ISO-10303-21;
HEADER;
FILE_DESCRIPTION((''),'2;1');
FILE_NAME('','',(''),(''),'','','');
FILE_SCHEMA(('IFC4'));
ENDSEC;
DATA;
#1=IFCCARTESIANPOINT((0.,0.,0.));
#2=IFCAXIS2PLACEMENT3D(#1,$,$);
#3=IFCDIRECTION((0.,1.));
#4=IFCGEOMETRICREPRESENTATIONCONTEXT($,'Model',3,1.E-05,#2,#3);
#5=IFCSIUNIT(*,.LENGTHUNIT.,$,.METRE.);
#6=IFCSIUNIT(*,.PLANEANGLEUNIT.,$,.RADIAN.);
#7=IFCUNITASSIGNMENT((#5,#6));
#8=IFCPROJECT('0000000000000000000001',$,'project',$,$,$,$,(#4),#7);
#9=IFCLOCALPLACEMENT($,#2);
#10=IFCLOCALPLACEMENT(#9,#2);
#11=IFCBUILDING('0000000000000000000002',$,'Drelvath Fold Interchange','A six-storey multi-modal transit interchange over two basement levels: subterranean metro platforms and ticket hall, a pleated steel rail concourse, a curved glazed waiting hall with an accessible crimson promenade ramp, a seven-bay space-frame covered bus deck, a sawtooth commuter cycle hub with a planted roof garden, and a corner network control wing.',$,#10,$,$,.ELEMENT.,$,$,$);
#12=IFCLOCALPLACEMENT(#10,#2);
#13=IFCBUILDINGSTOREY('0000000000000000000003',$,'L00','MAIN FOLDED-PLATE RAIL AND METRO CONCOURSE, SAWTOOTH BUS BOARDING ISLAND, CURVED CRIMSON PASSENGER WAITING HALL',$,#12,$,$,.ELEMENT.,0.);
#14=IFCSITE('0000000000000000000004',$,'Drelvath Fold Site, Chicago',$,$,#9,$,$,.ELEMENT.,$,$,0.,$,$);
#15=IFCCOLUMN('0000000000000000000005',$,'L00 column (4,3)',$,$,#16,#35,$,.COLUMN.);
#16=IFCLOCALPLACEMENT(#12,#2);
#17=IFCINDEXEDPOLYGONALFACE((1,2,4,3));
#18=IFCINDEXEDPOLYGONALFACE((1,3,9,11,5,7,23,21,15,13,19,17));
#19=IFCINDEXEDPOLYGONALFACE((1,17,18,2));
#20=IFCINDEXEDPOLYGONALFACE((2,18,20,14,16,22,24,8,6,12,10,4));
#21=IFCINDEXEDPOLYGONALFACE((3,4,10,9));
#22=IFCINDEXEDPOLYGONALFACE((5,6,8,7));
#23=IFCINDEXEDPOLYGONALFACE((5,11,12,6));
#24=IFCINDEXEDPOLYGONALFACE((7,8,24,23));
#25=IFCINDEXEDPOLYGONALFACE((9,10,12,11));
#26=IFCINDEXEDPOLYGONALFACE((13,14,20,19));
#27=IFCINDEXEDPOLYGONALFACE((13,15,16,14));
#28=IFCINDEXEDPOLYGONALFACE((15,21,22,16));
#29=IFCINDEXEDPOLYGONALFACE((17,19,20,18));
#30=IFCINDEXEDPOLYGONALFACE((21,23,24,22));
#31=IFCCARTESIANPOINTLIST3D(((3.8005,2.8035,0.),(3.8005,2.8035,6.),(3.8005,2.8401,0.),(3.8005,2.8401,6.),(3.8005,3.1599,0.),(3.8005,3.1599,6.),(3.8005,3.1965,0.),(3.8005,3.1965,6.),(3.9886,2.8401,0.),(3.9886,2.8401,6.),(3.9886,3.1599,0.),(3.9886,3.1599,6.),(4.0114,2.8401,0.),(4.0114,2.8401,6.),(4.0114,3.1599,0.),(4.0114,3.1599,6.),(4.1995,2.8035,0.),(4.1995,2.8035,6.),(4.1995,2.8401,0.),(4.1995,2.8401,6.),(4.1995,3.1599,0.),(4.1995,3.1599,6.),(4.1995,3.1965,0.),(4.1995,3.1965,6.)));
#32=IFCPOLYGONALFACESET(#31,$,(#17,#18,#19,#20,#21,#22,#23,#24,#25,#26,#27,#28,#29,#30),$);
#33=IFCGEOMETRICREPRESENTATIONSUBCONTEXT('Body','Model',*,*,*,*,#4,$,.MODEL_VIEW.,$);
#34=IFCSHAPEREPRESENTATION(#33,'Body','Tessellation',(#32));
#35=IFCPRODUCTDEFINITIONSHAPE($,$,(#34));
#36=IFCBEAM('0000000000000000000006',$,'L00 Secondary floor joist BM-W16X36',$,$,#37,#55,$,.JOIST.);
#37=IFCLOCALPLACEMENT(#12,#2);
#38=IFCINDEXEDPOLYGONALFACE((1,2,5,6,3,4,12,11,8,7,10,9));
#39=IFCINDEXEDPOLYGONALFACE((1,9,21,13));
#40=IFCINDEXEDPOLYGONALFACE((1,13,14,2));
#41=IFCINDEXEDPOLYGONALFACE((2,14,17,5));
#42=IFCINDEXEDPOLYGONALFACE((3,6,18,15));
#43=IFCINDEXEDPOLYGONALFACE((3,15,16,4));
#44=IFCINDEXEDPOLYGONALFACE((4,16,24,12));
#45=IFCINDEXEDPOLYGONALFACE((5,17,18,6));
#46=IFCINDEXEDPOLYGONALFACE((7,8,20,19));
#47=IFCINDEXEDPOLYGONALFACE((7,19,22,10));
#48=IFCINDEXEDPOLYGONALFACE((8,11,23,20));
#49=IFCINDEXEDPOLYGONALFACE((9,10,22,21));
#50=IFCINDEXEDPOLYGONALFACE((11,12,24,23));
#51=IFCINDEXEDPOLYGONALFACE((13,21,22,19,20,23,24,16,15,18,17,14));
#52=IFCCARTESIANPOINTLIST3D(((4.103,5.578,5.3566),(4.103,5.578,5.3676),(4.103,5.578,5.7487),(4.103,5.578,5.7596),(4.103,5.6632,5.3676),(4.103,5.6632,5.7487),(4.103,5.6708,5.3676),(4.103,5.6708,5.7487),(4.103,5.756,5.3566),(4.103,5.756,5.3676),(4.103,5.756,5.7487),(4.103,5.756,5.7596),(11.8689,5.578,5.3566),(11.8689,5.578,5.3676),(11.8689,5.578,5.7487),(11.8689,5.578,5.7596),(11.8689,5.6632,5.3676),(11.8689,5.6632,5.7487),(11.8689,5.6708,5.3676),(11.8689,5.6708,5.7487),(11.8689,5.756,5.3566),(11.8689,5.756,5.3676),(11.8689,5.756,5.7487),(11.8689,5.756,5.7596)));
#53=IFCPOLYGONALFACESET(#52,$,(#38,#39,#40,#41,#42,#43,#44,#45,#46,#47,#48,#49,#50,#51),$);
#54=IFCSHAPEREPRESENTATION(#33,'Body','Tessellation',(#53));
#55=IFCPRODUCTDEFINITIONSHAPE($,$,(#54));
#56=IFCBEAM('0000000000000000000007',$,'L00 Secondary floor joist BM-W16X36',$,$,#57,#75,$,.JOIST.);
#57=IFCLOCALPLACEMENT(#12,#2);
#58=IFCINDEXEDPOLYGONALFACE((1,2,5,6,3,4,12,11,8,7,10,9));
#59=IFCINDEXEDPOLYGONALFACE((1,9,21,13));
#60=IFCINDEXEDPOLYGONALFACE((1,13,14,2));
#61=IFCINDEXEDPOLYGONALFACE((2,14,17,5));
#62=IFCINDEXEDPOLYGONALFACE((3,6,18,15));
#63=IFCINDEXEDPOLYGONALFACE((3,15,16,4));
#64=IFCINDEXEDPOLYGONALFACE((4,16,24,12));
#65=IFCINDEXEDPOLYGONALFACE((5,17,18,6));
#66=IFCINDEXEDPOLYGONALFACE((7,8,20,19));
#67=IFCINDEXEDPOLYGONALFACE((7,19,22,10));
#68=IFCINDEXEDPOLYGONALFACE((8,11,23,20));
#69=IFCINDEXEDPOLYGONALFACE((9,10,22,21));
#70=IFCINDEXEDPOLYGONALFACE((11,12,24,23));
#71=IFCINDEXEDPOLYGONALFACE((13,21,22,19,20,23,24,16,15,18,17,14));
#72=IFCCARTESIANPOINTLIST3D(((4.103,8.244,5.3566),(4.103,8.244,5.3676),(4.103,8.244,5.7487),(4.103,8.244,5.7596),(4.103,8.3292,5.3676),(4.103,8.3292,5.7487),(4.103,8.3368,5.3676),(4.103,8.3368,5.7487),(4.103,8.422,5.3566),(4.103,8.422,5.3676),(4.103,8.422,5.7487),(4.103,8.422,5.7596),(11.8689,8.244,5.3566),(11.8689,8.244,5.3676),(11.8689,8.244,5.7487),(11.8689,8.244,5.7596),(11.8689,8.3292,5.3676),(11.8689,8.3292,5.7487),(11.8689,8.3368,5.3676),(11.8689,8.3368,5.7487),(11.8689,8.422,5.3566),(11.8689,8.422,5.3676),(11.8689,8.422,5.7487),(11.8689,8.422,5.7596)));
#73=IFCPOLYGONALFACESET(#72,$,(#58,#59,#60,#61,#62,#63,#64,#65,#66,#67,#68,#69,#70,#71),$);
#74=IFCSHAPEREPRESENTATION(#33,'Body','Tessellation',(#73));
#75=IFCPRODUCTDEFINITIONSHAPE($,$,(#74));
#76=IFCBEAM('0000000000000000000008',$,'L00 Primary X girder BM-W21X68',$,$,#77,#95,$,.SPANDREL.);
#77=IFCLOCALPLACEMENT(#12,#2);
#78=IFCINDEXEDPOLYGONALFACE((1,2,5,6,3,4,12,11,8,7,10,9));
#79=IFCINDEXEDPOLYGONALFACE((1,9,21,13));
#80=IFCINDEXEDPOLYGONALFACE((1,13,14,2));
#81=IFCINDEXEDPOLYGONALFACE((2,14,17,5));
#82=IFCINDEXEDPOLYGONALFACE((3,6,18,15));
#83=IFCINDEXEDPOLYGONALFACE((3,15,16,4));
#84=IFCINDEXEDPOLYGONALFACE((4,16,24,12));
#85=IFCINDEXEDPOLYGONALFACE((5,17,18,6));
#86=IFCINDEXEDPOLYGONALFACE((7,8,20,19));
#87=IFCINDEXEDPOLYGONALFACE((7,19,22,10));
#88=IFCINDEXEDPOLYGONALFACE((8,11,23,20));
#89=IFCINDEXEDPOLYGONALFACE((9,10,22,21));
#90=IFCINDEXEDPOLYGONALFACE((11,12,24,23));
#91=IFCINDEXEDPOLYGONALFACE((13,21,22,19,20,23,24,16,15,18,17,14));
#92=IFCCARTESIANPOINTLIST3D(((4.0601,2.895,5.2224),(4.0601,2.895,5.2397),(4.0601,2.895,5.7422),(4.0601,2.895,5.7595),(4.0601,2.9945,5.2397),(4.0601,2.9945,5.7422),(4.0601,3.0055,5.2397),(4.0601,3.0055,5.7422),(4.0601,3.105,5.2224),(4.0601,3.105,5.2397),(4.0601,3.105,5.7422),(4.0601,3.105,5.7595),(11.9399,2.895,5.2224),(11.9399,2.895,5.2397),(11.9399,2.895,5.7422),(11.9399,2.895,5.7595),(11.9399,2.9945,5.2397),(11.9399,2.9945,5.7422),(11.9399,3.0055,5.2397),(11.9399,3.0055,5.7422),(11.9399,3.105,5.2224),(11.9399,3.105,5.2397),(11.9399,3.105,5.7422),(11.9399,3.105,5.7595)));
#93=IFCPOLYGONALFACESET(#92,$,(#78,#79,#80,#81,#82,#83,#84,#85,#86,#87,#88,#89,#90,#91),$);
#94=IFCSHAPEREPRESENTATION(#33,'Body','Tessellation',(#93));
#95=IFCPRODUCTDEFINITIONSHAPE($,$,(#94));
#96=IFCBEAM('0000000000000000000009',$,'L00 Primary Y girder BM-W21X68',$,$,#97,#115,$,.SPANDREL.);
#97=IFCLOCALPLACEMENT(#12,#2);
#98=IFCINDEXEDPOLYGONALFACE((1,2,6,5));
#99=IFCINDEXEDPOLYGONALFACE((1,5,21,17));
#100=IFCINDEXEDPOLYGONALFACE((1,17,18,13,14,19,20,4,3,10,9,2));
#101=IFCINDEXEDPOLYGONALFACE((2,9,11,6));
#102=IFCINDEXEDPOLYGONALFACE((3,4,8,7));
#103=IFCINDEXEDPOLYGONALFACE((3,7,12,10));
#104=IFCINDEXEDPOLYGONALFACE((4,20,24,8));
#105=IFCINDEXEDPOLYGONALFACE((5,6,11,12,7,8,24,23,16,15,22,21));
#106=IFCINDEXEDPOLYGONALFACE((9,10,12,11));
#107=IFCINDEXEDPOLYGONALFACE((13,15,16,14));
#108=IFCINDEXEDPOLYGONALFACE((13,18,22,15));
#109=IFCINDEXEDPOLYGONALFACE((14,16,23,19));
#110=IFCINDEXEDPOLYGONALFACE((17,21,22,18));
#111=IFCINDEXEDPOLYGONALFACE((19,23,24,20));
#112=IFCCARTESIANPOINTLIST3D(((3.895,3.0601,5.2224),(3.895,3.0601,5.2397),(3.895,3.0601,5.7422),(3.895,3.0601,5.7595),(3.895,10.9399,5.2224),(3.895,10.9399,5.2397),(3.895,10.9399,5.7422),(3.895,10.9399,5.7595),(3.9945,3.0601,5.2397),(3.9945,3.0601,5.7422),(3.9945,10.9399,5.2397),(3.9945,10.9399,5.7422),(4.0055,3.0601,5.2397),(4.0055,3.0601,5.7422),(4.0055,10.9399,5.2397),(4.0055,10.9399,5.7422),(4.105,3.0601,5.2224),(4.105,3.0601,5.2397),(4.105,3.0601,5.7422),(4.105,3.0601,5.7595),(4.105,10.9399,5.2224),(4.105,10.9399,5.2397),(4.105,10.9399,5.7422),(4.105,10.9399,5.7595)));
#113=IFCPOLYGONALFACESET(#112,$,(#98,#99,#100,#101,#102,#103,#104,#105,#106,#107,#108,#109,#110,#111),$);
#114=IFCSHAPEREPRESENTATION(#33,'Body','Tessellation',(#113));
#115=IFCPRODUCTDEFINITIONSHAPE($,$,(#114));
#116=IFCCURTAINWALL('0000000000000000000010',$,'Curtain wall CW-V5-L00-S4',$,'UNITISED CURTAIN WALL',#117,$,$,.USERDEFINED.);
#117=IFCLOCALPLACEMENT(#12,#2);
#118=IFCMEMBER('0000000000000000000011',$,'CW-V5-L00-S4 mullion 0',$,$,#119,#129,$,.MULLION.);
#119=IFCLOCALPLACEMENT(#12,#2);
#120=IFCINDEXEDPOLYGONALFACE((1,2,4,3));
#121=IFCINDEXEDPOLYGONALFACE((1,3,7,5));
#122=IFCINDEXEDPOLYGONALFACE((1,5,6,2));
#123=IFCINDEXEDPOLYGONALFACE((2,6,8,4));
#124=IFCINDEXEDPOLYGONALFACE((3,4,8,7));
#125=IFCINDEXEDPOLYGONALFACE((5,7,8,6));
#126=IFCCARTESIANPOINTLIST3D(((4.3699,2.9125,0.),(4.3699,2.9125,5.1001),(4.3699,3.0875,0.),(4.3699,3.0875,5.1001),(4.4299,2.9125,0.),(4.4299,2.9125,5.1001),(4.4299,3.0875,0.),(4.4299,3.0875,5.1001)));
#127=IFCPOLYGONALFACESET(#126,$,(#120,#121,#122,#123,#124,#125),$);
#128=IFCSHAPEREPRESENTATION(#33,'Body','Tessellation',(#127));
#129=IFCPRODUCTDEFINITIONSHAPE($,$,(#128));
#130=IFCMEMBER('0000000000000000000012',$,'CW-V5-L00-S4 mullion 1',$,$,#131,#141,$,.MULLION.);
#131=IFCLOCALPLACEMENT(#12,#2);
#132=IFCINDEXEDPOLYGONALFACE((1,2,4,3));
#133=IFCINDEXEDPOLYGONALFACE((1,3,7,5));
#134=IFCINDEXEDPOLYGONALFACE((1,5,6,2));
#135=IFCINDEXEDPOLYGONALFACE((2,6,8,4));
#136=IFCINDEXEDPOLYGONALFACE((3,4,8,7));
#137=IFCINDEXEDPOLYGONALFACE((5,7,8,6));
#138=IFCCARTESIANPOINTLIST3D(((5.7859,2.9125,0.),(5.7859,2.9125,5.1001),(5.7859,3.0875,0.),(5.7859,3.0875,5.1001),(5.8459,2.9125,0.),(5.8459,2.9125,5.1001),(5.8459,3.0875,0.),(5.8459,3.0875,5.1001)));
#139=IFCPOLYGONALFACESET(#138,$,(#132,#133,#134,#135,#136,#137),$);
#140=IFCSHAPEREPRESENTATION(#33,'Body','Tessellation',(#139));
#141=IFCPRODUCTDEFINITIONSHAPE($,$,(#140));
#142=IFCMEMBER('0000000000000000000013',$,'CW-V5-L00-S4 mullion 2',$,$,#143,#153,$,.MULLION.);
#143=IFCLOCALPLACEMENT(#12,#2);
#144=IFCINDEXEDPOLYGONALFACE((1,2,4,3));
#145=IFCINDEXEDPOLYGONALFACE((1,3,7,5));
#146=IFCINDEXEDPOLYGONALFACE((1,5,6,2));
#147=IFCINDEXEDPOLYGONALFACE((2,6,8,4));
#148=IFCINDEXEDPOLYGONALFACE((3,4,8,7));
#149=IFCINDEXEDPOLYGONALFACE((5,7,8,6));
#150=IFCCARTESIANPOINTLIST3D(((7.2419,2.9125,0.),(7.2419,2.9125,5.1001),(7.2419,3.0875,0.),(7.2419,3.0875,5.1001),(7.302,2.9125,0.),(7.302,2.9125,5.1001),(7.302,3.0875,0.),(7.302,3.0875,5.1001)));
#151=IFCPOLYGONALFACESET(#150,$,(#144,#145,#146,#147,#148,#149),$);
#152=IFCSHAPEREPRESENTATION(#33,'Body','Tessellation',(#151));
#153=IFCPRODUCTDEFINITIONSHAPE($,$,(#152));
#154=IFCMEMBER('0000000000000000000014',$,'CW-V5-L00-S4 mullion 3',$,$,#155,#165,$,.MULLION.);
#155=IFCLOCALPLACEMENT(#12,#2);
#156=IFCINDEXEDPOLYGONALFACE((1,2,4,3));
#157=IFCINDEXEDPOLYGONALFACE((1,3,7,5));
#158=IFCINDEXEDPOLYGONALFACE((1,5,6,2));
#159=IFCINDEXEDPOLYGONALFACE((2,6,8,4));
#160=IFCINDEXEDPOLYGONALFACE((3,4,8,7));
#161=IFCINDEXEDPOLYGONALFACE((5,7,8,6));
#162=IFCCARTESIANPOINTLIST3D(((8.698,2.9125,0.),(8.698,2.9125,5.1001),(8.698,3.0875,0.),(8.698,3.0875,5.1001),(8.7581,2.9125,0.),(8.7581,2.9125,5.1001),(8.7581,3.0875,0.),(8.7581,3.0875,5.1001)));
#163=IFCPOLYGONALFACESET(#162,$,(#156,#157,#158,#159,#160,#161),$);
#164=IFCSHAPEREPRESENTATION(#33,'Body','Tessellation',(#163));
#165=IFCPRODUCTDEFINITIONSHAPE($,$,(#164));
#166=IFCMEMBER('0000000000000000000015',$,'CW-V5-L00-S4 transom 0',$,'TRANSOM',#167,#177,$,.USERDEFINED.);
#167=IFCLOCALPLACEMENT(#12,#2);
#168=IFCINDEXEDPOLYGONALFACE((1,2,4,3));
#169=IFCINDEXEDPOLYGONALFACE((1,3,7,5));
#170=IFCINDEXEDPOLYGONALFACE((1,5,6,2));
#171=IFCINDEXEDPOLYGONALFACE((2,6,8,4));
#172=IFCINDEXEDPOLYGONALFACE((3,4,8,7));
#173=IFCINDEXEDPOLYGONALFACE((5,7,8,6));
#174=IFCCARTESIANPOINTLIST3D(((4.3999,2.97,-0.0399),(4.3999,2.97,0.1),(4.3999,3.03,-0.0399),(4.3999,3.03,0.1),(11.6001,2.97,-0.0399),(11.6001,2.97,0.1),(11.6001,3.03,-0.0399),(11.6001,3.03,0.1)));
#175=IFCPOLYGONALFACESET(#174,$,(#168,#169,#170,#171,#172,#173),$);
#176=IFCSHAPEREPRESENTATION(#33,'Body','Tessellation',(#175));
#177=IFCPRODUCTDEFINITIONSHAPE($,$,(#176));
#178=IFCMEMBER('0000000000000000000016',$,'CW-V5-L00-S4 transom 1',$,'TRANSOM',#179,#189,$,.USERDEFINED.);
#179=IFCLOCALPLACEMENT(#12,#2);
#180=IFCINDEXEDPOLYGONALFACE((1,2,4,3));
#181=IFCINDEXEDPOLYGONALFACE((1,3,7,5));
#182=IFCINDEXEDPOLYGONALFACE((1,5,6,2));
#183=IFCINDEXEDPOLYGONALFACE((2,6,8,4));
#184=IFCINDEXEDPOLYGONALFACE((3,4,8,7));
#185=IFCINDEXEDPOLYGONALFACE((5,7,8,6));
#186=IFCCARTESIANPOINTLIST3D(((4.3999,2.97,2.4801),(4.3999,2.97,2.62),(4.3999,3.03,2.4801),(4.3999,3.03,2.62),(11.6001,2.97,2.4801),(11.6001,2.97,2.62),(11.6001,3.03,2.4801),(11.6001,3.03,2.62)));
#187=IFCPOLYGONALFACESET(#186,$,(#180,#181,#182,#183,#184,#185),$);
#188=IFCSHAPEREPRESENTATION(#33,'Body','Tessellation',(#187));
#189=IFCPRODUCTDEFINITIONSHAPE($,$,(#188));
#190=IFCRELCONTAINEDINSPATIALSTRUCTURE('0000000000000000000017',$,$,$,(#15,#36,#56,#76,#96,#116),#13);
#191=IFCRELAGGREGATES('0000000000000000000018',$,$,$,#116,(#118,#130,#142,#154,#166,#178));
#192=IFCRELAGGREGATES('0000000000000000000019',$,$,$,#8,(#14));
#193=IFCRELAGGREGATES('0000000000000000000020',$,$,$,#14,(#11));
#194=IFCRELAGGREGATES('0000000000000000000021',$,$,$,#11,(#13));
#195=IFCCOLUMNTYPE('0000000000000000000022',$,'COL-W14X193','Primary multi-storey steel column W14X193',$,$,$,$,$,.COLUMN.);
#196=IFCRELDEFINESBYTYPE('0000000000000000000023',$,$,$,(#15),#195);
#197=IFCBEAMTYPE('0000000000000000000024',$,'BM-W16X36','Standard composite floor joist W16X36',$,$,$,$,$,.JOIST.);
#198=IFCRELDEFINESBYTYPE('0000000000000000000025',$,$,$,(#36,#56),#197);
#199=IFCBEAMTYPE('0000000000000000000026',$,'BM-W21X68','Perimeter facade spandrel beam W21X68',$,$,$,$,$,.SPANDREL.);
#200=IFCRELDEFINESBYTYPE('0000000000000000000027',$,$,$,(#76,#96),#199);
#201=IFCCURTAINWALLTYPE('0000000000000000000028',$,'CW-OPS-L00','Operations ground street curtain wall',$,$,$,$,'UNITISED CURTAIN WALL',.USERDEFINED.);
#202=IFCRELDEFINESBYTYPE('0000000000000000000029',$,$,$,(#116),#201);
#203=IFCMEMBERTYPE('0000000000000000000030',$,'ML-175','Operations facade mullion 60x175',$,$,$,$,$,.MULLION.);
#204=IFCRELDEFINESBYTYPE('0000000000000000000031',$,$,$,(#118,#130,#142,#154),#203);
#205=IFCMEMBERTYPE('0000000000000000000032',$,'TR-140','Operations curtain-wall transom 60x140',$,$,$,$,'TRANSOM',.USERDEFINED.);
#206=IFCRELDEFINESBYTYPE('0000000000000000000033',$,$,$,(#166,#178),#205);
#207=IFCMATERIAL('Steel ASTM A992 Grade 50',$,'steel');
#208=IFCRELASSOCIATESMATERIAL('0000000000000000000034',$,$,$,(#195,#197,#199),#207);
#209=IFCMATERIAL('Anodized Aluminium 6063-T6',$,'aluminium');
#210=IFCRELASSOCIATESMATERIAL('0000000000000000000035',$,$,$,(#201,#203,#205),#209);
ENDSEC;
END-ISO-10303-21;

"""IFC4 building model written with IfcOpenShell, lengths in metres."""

from ifc_helpers import new_model, si_unit, direction, frame, origin, origin_2d, place, context, subcontext, project, spatial, rectangle, i_section, extrude, material, material_profile, profile_set, type_object, element, aggregate, save


model = new_model("IFC4")

# Units and contexts
model_context = context("Model", 3, precision=1e-05, world=origin(), true_north=direction((0.0, 1.0)))
body_context = subcontext(model_context, "Body", "Model", "MODEL_VIEW")
ifc_project = project(units=[si_unit("LENGTHUNIT", "METRE"), si_unit("PLANEANGLEUNIT", "RADIAN")], contexts=[model_context])

# Site, building, storey
site_placement = place(None, origin())
site = spatial("IfcSite", under=ifc_project, at=site_placement, Name="Drelvath Fold Site, Chicago", CompositionType="ELEMENT", RefElevation=0.0)
building_placement = place(site_placement, origin())
building = spatial("IfcBuilding", under=site, at=building_placement, Name="Drelvath Fold Interchange", Description="A six-storey multi-modal transit interchange over two basement levels: subterranean metro platforms and ticket hall, a pleated steel rail concourse, a curved glazed waiting hall with an accessible crimson promenade ramp, a seven-bay space-frame covered bus deck, a sawtooth commuter cycle hub with a planted roof garden, and a corner network control wing.", CompositionType="ELEMENT")
storey_placement = place(building_placement, origin())
storey = spatial("IfcBuildingStorey", under=building, at=storey_placement, Name="L00", Description="MAIN FOLDED-PLATE RAIL AND METRO CONCOURSE, SAWTOOTH BUS BOARDING ISLAND, CURVED CRIMSON PASSENGER WAITING HALL", CompositionType="ELEMENT", Elevation=0.0)

# Column
ifc_material_1 = material(Name="Steel ASTM A992 Grade 50", Category="steel")
ifc_material_profile_1 = material_profile(ifc_material_1, i_section(OverallWidth=0.3989, OverallDepth=0.3931, WebThickness=0.0227, FlangeThickness=0.0366, at=origin_2d()), Name="W14X193")
ifc_profile_set_1 = profile_set([ifc_material_profile_1], Name="Steel ASTM A992 Grade 50")
column_type = type_object("IfcColumnType", Name="COL-W14X193", Description="Primary multi-storey steel column W14X193", PredefinedType="COLUMN", material=ifc_profile_set_1)
column_placement = place(storey_placement, frame((4.0, 3.0, 0.0), z_axis=(0.0, 0.0, 1.0), x_axis=(1.0, 0.0, 0.0)))
element("IfcColumn", 1, at=column_placement, inside=storey, type_object=column_type, Name="L00 column (4,3)", PredefinedType="COLUMN", context=body_context, shape_type="SweptSolid", body=[
    extrude(i_section(OverallWidth=0.3989, OverallDepth=0.3931, WebThickness=0.0227, FlangeThickness=0.0366, at=origin_2d()), origin(), (0.0, 0.0, 1.0), 6.0),
])

# Beams
ifc_material_profile_2 = material_profile(ifc_material_1, i_section(OverallWidth=0.178, OverallDepth=0.4031, WebThickness=0.0076, FlangeThickness=0.011, at=origin_2d()), Name="W16X36")
ifc_profile_set_2 = profile_set([ifc_material_profile_2], Name="Steel ASTM A992 Grade 50")
beam_type_1 = type_object("IfcBeamType", Name="BM-W16X36", Description="Standard composite floor joist W16X36", PredefinedType="JOIST", material=ifc_profile_set_2)
for number, where, z_axis, x_axis, name in (
    (2, (4.103, 5.667, 5.5581), (1.0, 0.0, 0.0), (0.0, 1.0, 0.0), "L00 Secondary floor joist BM-W16X36"),
    (3, (4.103, 8.333, 5.5581), (1.0, 0.0, 0.0), (0.0, 1.0, 0.0), "L00 Secondary floor joist BM-W16X36"),
):
    element("IfcBeam", number, at=place(storey_placement, frame(where, z_axis=z_axis, x_axis=x_axis)), inside=storey, type_object=beam_type_1, Name=name, PredefinedType="JOIST", context=body_context, shape_type="SweptSolid", body=[
        extrude(i_section(OverallWidth=0.178, OverallDepth=0.4031, WebThickness=0.0076, FlangeThickness=0.011, at=origin_2d()), origin(), (0.0, 0.0, 1.0), 7.7659),
    ])
ifc_material_profile_3 = material_profile(ifc_material_1, i_section(OverallWidth=0.21, OverallDepth=0.5371, WebThickness=0.011, FlangeThickness=0.0173, at=origin_2d()), Name="W21X68")
ifc_profile_set_3 = profile_set([ifc_material_profile_3], Name="Steel ASTM A992 Grade 50")
beam_type_2 = type_object("IfcBeamType", Name="BM-W21X68", Description="Perimeter facade spandrel beam W21X68", PredefinedType="SPANDREL", material=ifc_profile_set_3)
for number, where, z_axis, x_axis, name in (
    (4, (4.0601, 3.0, 5.491), (1.0, 0.0, 0.0), (0.0, 1.0, 0.0), "L00 Primary X girder BM-W21X68"),
    (5, (4.0, 3.0601, 5.491), (0.0, 1.0, 0.0), (-1.0, 0.0, 0.0), "L00 Primary Y girder BM-W21X68"),
):
    element("IfcBeam", number, at=place(storey_placement, frame(where, z_axis=z_axis, x_axis=x_axis)), inside=storey, type_object=beam_type_2, Name=name, PredefinedType="SPANDREL", context=body_context, shape_type="SweptSolid", body=[
        extrude(i_section(OverallWidth=0.21, OverallDepth=0.5371, WebThickness=0.011, FlangeThickness=0.0173, at=origin_2d()), origin(), (0.0, 0.0, 1.0), 7.8799),
    ])

# Curtain wall, members
ifc_material_2 = material(Name="Anodized Aluminium 6063-T6", Category="aluminium")
curtain_wall_type = type_object("IfcCurtainWallType", Name="CW-OPS-L00", Description="Operations ground street curtain wall", ElementType="UNITISED CURTAIN WALL", PredefinedType="USERDEFINED", material=ifc_material_2)
curtain_wall_placement = place(storey_placement, origin())
curtain_wall = element("IfcCurtainWall", 6, at=curtain_wall_placement, inside=storey, type_object=curtain_wall_type, Name="Curtain wall CW-V5-L00-S4", ObjectType="UNITISED CURTAIN WALL", PredefinedType="USERDEFINED")
ifc_material_profile_4 = material_profile(ifc_material_2, rectangle(XDim=0.0601, YDim=0.175, at=origin_2d()), Name="AL-M 60x175")
ifc_profile_set_4 = profile_set([ifc_material_profile_4], Name="Anodized Aluminium 6063-T6")
member_type_1 = type_object("IfcMemberType", Name="ML-175", Description="Operations facade mullion 60x175", PredefinedType="MULLION", material=ifc_profile_set_4)
member_1_placement = place(storey_placement, frame((4.3999, 3.0, 0.0), z_axis=(0.0, 0.0, 1.0), x_axis=(1.0, 0.0, 0.0)))
member_1 = element("IfcMember", 7, at=member_1_placement, type_object=member_type_1, Name="CW-V5-L00-S4 mullion 0", PredefinedType="MULLION", context=body_context, shape_type="SweptSolid", body=[
    extrude(rectangle(XDim=0.0601, YDim=0.175, at=origin_2d()), origin(), (0.0, 0.0, 1.0), 5.1001),
])
member_2_placement = place(storey_placement, frame((5.8159, 3.0, 0.0), z_axis=(0.0, 0.0, 1.0), x_axis=(1.0, 0.0, 0.0)))
member_2 = element("IfcMember", 8, at=member_2_placement, type_object=member_type_1, Name="CW-V5-L00-S4 mullion 1", PredefinedType="MULLION", context=body_context, shape_type="SweptSolid", body=[
    extrude(rectangle(XDim=0.0601, YDim=0.175, at=origin_2d()), origin(), (0.0, 0.0, 1.0), 5.1001),
])
member_3_placement = place(storey_placement, frame((7.272, 3.0, 0.0), z_axis=(0.0, 0.0, 1.0), x_axis=(1.0, 0.0, 0.0)))
member_3 = element("IfcMember", 9, at=member_3_placement, type_object=member_type_1, Name="CW-V5-L00-S4 mullion 2", PredefinedType="MULLION", context=body_context, shape_type="SweptSolid", body=[
    extrude(rectangle(XDim=0.0601, YDim=0.175, at=origin_2d()), origin(), (0.0, 0.0, 1.0), 5.1001),
])
member_4_placement = place(storey_placement, frame((8.728, 3.0, 0.0), z_axis=(0.0, 0.0, 1.0), x_axis=(1.0, 0.0, 0.0)))
member_4 = element("IfcMember", 10, at=member_4_placement, type_object=member_type_1, Name="CW-V5-L00-S4 mullion 3", PredefinedType="MULLION", context=body_context, shape_type="SweptSolid", body=[
    extrude(rectangle(XDim=0.0601, YDim=0.175, at=origin_2d()), origin(), (0.0, 0.0, 1.0), 5.1001),
])
ifc_material_profile_5 = material_profile(ifc_material_2, rectangle(XDim=0.0601, YDim=0.1399, at=origin_2d()), Name="AL-T 60x140")
ifc_profile_set_5 = profile_set([ifc_material_profile_5], Name="Anodized Aluminium 6063-T6")
member_type_2 = type_object("IfcMemberType", Name="TR-140", Description="Operations curtain-wall transom 60x140", ElementType="TRANSOM", PredefinedType="USERDEFINED", material=ifc_profile_set_5)
member_5_placement = place(storey_placement, frame((4.3999, 3.0, 0.03), z_axis=(1.0, 0.0, 0.0), x_axis=(0.0, 1.0, 0.0)))
member_5 = element("IfcMember", 11, at=member_5_placement, type_object=member_type_2, Name="CW-V5-L00-S4 transom 0", ObjectType="TRANSOM", PredefinedType="USERDEFINED", context=body_context, shape_type="SweptSolid", body=[
    extrude(rectangle(XDim=0.0601, YDim=0.1399, at=origin_2d()), origin(), (0.0, 0.0, 1.0), 7.2002),
])
member_6_placement = place(storey_placement, frame((4.3999, 3.0, 2.55), z_axis=(1.0, 0.0, 0.0), x_axis=(0.0, 1.0, 0.0)))
member_6 = element("IfcMember", 12, at=member_6_placement, type_object=member_type_2, Name="CW-V5-L00-S4 transom 1", ObjectType="TRANSOM", PredefinedType="USERDEFINED", context=body_context, shape_type="SweptSolid", body=[
    extrude(rectangle(XDim=0.0601, YDim=0.1399, at=origin_2d()), origin(), (0.0, 0.0, 1.0), 7.2002),
])
aggregate(curtain_wall, [member_1, member_2, member_3, member_4, member_5, member_6])

save(model, "model.ifc")
